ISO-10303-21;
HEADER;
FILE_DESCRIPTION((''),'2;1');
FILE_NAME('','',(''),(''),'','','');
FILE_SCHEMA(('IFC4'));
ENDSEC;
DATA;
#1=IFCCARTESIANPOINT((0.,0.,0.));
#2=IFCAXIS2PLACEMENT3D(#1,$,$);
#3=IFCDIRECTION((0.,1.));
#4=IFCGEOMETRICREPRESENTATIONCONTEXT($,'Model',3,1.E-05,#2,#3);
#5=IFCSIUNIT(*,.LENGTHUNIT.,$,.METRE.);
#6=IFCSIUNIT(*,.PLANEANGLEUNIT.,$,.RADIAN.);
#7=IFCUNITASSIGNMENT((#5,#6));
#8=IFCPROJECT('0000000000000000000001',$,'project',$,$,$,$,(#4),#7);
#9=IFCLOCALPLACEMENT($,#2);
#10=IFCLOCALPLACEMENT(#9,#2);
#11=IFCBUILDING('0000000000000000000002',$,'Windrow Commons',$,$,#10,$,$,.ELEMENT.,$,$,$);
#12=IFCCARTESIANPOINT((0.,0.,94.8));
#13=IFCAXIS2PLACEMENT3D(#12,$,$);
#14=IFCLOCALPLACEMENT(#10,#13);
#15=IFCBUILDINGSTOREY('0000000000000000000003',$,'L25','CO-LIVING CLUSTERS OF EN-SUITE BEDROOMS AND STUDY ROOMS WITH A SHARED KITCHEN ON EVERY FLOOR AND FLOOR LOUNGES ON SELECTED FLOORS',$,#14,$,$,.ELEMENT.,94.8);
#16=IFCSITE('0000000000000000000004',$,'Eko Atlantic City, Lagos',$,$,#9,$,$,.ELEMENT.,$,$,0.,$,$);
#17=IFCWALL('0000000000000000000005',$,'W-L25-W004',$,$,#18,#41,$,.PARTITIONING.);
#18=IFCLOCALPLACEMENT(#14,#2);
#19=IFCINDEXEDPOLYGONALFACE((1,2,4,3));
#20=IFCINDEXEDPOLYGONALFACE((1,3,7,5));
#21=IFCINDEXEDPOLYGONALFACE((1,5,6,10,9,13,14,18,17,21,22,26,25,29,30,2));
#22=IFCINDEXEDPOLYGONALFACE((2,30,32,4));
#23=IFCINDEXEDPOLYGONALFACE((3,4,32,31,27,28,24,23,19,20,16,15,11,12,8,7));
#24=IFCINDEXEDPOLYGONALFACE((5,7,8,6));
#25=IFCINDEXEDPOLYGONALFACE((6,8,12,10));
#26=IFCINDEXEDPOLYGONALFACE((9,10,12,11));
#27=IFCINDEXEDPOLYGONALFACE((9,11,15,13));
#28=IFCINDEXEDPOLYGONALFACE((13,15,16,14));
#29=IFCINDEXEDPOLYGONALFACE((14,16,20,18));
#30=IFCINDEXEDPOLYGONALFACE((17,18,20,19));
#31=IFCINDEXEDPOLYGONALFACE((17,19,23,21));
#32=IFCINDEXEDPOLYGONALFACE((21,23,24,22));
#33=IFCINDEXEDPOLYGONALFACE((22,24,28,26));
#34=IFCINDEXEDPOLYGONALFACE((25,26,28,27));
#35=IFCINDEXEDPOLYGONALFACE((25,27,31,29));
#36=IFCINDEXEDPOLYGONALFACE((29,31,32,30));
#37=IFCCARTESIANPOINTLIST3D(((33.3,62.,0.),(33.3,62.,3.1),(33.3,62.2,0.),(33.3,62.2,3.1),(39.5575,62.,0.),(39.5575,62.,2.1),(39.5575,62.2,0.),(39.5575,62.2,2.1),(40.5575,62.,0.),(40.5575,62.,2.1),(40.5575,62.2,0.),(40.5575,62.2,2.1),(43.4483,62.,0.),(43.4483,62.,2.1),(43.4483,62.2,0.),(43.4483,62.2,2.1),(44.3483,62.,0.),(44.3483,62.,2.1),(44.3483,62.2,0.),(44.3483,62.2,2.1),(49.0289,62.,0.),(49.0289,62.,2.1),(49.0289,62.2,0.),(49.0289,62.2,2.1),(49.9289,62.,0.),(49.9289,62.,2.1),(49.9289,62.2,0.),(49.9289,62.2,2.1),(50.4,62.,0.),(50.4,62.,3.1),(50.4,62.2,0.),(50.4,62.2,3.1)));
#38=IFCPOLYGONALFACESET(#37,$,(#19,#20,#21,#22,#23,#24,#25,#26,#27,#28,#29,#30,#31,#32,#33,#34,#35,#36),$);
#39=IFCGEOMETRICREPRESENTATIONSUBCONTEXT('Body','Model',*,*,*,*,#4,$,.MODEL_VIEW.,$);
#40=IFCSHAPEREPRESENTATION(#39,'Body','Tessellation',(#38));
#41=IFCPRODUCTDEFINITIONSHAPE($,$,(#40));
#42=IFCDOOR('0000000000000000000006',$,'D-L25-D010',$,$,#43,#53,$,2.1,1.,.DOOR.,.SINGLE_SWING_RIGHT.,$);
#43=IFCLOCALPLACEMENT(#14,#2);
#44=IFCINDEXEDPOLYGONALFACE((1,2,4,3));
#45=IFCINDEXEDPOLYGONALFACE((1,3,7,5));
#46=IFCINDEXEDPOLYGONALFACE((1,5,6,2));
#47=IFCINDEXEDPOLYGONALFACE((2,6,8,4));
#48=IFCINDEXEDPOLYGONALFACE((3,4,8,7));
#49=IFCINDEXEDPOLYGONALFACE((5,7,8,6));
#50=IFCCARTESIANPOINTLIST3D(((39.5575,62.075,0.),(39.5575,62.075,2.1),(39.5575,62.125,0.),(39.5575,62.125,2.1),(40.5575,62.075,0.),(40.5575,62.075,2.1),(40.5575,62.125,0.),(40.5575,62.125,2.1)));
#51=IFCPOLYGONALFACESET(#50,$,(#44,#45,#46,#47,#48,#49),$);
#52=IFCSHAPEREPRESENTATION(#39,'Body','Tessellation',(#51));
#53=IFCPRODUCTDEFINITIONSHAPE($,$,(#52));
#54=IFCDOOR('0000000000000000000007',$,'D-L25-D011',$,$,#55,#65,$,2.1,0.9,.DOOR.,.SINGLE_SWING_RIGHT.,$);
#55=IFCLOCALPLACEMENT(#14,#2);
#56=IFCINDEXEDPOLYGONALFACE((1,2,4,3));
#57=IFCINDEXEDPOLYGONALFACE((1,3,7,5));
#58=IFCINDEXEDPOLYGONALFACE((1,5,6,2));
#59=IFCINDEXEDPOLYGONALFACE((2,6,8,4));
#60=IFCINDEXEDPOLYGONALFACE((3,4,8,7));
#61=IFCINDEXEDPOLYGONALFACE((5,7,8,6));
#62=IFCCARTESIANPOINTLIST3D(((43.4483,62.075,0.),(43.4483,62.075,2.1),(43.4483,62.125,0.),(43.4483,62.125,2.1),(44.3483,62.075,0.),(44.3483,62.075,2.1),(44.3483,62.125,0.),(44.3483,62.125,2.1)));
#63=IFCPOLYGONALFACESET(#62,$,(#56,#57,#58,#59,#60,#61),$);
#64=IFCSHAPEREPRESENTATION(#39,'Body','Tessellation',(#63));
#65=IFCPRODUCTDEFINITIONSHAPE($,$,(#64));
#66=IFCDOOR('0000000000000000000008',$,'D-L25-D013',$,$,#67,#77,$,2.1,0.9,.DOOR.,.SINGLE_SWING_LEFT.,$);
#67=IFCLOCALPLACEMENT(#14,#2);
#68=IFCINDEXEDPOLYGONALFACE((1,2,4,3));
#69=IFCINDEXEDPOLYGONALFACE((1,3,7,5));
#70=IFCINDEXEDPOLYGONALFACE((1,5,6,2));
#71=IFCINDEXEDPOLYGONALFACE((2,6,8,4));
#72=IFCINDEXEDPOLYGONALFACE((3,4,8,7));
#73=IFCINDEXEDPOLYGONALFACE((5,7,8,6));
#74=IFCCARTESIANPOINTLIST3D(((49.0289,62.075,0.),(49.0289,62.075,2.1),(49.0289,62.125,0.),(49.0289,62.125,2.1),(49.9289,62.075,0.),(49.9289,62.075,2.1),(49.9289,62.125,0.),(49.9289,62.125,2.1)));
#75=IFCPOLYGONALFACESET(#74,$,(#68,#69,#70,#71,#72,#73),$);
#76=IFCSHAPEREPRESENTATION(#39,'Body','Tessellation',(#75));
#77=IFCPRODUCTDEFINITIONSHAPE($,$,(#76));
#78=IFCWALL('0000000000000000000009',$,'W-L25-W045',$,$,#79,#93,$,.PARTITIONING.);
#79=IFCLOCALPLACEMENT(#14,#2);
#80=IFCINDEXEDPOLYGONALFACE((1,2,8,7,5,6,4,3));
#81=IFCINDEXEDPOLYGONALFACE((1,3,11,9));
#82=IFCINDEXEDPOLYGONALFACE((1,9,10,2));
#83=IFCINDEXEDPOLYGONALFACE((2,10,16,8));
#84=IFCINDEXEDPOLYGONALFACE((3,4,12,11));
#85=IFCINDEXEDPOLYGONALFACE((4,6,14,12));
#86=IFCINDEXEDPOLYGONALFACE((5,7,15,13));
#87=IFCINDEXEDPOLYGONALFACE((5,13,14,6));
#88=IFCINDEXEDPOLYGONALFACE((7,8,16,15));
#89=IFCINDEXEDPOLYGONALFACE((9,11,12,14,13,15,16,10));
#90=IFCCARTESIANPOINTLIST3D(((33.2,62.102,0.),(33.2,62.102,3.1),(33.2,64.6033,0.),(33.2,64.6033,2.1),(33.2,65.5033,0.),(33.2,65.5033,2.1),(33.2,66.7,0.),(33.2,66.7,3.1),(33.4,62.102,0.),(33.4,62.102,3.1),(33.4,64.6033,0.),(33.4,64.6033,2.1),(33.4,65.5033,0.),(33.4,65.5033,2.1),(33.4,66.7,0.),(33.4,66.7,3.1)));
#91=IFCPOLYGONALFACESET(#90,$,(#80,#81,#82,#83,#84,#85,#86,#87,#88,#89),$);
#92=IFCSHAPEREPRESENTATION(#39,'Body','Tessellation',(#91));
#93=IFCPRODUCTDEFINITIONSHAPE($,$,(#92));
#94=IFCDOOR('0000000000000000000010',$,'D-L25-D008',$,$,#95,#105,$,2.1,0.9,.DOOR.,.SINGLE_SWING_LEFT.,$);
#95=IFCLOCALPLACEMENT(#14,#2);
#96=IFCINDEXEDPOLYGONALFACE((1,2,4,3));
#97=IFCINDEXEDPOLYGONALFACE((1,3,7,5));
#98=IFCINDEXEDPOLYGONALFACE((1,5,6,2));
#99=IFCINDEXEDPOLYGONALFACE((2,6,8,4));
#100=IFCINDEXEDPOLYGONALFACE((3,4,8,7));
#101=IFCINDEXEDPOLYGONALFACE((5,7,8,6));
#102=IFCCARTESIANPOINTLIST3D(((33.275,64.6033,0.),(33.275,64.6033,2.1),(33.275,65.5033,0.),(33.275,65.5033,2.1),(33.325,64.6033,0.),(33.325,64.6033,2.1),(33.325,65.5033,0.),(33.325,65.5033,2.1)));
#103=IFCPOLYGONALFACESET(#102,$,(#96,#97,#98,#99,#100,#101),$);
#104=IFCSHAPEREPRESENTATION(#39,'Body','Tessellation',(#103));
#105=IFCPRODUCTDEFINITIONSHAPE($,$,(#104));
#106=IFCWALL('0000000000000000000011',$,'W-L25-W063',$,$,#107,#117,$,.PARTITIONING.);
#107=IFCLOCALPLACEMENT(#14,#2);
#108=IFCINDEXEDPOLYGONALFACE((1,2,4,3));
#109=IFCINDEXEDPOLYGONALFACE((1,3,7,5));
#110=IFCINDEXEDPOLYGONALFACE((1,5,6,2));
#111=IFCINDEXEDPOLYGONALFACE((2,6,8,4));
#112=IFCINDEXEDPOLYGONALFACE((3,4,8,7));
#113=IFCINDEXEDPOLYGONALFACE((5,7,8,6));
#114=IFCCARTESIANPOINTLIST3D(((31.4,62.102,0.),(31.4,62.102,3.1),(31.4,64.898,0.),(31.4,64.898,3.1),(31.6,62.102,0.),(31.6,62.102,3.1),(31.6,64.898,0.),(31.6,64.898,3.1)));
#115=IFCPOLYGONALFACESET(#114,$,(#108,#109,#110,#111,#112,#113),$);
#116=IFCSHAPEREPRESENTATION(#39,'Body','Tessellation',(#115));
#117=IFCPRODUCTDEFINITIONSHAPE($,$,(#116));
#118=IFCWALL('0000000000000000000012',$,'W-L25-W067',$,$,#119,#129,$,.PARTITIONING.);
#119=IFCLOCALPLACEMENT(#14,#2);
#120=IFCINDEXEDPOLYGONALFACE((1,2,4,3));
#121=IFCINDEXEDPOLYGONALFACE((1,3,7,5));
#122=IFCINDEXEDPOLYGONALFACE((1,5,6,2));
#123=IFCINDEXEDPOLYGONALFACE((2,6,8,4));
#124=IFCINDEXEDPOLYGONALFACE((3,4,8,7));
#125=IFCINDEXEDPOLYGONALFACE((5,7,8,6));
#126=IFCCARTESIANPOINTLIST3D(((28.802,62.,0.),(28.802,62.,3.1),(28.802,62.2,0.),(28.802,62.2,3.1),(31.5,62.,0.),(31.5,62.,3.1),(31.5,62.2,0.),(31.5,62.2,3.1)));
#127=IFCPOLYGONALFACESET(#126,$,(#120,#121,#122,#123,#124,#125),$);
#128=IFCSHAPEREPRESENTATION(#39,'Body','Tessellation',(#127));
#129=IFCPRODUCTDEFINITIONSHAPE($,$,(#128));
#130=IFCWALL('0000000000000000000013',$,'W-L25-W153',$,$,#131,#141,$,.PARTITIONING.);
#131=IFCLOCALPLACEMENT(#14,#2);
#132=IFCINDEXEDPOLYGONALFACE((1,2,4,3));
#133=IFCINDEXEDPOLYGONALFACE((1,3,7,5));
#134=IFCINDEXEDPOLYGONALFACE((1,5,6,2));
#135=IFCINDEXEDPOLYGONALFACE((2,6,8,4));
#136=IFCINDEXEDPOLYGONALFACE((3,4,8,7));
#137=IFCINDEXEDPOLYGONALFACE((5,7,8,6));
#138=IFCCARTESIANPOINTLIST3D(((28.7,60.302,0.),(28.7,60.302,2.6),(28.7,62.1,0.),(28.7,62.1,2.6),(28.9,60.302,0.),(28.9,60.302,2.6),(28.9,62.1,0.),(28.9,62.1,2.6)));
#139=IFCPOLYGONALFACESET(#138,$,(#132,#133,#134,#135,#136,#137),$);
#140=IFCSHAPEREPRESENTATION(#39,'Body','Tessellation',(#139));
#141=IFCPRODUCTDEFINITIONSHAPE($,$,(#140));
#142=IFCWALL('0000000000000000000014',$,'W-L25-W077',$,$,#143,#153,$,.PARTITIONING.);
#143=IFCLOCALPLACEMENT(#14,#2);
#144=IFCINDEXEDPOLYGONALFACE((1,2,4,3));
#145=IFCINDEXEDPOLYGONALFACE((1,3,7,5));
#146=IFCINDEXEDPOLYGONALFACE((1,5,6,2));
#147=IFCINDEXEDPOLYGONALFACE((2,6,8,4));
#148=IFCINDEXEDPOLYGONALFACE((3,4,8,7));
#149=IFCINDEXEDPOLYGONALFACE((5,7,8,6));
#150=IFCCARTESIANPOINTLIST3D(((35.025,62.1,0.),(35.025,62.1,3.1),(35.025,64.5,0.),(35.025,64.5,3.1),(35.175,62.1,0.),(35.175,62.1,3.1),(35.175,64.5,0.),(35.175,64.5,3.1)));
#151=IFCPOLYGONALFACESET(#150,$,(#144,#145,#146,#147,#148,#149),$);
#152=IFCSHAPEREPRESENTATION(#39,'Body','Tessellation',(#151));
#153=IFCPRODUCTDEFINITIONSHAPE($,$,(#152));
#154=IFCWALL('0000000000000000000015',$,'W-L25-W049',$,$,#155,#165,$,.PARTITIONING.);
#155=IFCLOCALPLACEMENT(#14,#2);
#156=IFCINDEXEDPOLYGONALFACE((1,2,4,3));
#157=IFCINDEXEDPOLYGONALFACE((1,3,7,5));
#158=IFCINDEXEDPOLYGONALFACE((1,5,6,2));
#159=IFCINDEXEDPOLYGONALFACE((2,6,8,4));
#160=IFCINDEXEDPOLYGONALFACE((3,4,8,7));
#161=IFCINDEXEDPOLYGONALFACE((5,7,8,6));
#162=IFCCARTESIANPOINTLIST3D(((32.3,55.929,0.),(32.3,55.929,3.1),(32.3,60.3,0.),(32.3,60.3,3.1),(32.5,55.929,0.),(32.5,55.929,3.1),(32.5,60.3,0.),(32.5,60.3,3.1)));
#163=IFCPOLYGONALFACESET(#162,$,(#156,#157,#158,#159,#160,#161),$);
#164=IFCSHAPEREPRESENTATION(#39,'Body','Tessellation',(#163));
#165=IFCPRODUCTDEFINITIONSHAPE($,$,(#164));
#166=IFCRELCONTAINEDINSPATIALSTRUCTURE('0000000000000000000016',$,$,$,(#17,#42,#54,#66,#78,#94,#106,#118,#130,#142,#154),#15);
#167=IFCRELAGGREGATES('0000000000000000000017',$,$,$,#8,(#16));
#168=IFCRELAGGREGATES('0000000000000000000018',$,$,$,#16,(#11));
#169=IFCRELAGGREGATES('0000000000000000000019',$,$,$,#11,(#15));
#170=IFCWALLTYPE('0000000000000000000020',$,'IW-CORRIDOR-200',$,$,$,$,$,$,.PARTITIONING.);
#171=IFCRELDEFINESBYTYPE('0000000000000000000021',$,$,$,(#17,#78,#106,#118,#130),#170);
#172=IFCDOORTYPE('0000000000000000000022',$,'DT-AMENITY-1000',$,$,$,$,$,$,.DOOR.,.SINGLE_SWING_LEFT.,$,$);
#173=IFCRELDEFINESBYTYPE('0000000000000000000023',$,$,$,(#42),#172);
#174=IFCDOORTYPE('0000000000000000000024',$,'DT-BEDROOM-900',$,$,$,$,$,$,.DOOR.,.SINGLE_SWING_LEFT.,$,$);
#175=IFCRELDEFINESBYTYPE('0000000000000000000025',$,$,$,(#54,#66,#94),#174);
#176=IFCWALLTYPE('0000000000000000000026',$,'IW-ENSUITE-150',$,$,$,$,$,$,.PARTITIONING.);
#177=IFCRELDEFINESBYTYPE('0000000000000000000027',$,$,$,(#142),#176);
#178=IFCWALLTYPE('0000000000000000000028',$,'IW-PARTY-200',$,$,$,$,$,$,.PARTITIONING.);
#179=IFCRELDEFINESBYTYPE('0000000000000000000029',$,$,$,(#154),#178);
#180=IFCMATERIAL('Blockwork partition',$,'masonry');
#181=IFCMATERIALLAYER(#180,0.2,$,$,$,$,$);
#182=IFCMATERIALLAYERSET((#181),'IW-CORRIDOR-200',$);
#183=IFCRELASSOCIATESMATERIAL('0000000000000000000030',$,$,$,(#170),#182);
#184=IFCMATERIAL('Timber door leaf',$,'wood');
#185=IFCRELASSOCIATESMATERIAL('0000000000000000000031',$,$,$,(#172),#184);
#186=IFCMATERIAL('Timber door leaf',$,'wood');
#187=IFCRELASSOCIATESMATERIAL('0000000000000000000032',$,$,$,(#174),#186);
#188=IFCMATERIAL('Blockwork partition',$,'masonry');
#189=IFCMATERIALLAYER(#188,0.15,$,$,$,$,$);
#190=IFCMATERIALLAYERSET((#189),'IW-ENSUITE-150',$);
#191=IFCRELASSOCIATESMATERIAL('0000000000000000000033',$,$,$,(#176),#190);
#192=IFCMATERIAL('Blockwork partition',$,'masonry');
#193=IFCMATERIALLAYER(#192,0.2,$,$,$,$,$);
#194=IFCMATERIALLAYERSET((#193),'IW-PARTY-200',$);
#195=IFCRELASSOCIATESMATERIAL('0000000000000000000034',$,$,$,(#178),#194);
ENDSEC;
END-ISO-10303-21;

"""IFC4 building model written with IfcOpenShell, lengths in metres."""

from ifc_helpers import new_model, si_unit, direction, frame, frame_2d, origin, place, context, subcontext, project, spatial, rectangle, extrude, material, layer, layer_set, type_object, element, fill, save


model = new_model("IFC4")

# Units and contexts
model_context = context("Model", 3, precision=1e-05, world=origin(), true_north=direction((0.0, 1.0)))
body_context = subcontext(model_context, "Body", "Model", "MODEL_VIEW")
ifc_project = project(units=[si_unit("LENGTHUNIT", "METRE"), si_unit("PLANEANGLEUNIT", "RADIAN")], contexts=[model_context])

# Site, building, storey
site_placement = place(None, origin())
site = spatial("IfcSite", under=ifc_project, at=site_placement, Name="Eko Atlantic City, Lagos", CompositionType="ELEMENT", RefElevation=0.0)
building_placement = place(site_placement, origin())
building = spatial("IfcBuilding", under=site, at=building_placement, Name="Windrow Commons", CompositionType="ELEMENT")
storey_placement = place(building_placement, frame((0.0, 0.0, 94.8)))
storey = spatial("IfcBuildingStorey", under=building, at=storey_placement, Name="L25", Description="CO-LIVING CLUSTERS OF EN-SUITE BEDROOMS AND STUDY ROOMS WITH A SHARED KITCHEN ON EVERY FLOOR AND FLOOR LOUNGES ON SELECTED FLOORS", CompositionType="ELEMENT", Elevation=94.8)

# Wall, openings, doors
ifc_material_1 = material(Name="Blockwork partition", Category="masonry")
ifc_layer_1 = layer(ifc_material_1, 0.2)
ifc_layer_set_1 = layer_set([ifc_layer_1], Name="IW-CORRIDOR-200")
wall_type_1 = type_object("IfcWallType", Name="IW-CORRIDOR-200", PredefinedType="PARTITIONING", material=ifc_layer_set_1)
ifc_material_2 = material(Name="Timber door leaf", Category="wood")
door_type_1 = type_object("IfcDoorType", Name="DT-AMENITY-1000", OperationType="SINGLE_SWING_LEFT", PredefinedType="DOOR", material=ifc_material_2)
ifc_material_3 = material(Name="Timber door leaf", Category="wood")
door_type_2 = type_object("IfcDoorType", Name="DT-BEDROOM-900", OperationType="SINGLE_SWING_LEFT", PredefinedType="DOOR", material=ifc_material_3)
wall_1_placement = place(storey_placement, frame((33.3, 62.1, 0.0), z_axis=(0.0, 0.0, 1.0), x_axis=(1.0, 0.0, 0.0)))
wall_1 = element("IfcWall", 1, at=wall_1_placement, inside=storey, type_object=wall_type_1, Name="W-L25-W004", PredefinedType="PARTITIONING", context=body_context, shape_type="SweptSolid", body=[
    extrude(rectangle(XDim=17.1, YDim=0.2, at=frame_2d((8.55, 0.0))), origin(), (0.0, 0.0, 1.0), 3.1),
])
opening_1_placement = place(wall_1_placement, frame((6.2575, 0.0, 0.0)))
opening_1 = element("IfcOpeningElement", 2, at=opening_1_placement, cuts=wall_1, PredefinedType="OPENING", context=body_context, shape_type="SweptSolid", body=[
    extrude(rectangle(XDim=1.0, YDim=2.1, at=frame_2d((0.5, 1.05))), frame((0.0, 0.11, 0.0), z_axis=(0.0, -1.0, 0.0), x_axis=(1.0, 0.0, 0.0)), (0.0, 0.0, 1.0), 0.22),
])
opening_2_placement = place(wall_1_placement, frame((10.1483, 0.0, 0.0)))
opening_2 = element("IfcOpeningElement", 3, at=opening_2_placement, cuts=wall_1, PredefinedType="OPENING", context=body_context, shape_type="SweptSolid", body=[
    extrude(rectangle(XDim=0.9, YDim=2.1, at=frame_2d((0.45, 1.05))), frame((0.0, 0.11, 0.0), z_axis=(0.0, -1.0, 0.0), x_axis=(1.0, 0.0, 0.0)), (0.0, 0.0, 1.0), 0.22),
])
opening_3_placement = place(wall_1_placement, frame((15.7289, 0.0, 0.0)))
opening_3 = element("IfcOpeningElement", 4, at=opening_3_placement, cuts=wall_1, PredefinedType="OPENING", context=body_context, shape_type="SweptSolid", body=[
    extrude(rectangle(XDim=0.9, YDim=2.1, at=frame_2d((0.45, 1.05))), frame((0.0, 0.11, 0.0), z_axis=(0.0, -1.0, 0.0), x_axis=(1.0, 0.0, 0.0)), (0.0, 0.0, 1.0), 0.22),
])
door_1_placement = place(opening_1_placement, origin())
door_1 = element("IfcDoor", 5, at=door_1_placement, inside=storey, type_object=door_type_1, Name="D-L25-D010", OperationType="SINGLE_SWING_RIGHT", OverallHeight=2.1, OverallWidth=1.0, PredefinedType="DOOR", context=body_context, shape_type="SweptSolid", body=[
    extrude(rectangle(XDim=1.0, YDim=2.1, at=frame_2d((0.5, 1.05))), frame((0.0, 0.025, 0.0), z_axis=(0.0, -1.0, 0.0), x_axis=(1.0, 0.0, 0.0)), (0.0, 0.0, 1.0), 0.05),
])
fill(opening_1, door_1)
door_2_placement = place(opening_2_placement, origin())
door_2 = element("IfcDoor", 6, at=door_2_placement, inside=storey, type_object=door_type_2, Name="D-L25-D011", OperationType="SINGLE_SWING_RIGHT", OverallHeight=2.1, OverallWidth=0.9, PredefinedType="DOOR", context=body_context, shape_type="SweptSolid", body=[
    extrude(rectangle(XDim=0.9, YDim=2.1, at=frame_2d((0.45, 1.05))), frame((0.0, 0.025, 0.0), z_axis=(0.0, -1.0, 0.0), x_axis=(1.0, 0.0, 0.0)), (0.0, 0.0, 1.0), 0.05),
])
fill(opening_2, door_2)
door_3_placement = place(opening_3_placement, origin())
door_3 = element("IfcDoor", 7, at=door_3_placement, inside=storey, type_object=door_type_2, Name="D-L25-D013", OperationType="SINGLE_SWING_LEFT", OverallHeight=2.1, OverallWidth=0.9, PredefinedType="DOOR", context=body_context, shape_type="SweptSolid", body=[
    extrude(rectangle(XDim=0.9, YDim=2.1, at=frame_2d((0.45, 1.05))), frame((0.0, 0.025, 0.0), z_axis=(0.0, -1.0, 0.0), x_axis=(1.0, 0.0, 0.0)), (0.0, 0.0, 1.0), 0.05),
])
fill(opening_3, door_3)

# Wall, opening, door
wall_2_placement = place(storey_placement, frame((33.3, 62.102, 0.0), z_axis=(0.0, 0.0, 1.0), x_axis=(0.0, 1.0, 0.0)))
wall_2 = element("IfcWall", 8, at=wall_2_placement, inside=storey, type_object=wall_type_1, Name="W-L25-W045", PredefinedType="PARTITIONING", context=body_context, shape_type="SweptSolid", body=[
    extrude(rectangle(XDim=4.598, YDim=0.2, at=frame_2d((2.299, 0.0))), origin(), (0.0, 0.0, 1.0), 3.1),
])
opening_4_placement = place(wall_2_placement, frame((2.5013, 0.0, 0.0)))
opening_4 = element("IfcOpeningElement", 9, at=opening_4_placement, cuts=wall_2, PredefinedType="OPENING", context=body_context, shape_type="SweptSolid", body=[
    extrude(rectangle(XDim=0.9, YDim=2.1, at=frame_2d((0.45, 1.05))), frame((0.0, 0.11, 0.0), z_axis=(0.0, -1.0, 0.0), x_axis=(1.0, 0.0, 0.0)), (0.0, 0.0, 1.0), 0.22),
])
door_4_placement = place(opening_4_placement, origin())
door_4 = element("IfcDoor", 10, at=door_4_placement, inside=storey, type_object=door_type_2, Name="D-L25-D008", OperationType="SINGLE_SWING_LEFT", OverallHeight=2.1, OverallWidth=0.9, PredefinedType="DOOR", context=body_context, shape_type="SweptSolid", body=[
    extrude(rectangle(XDim=0.9, YDim=2.1, at=frame_2d((0.45, 1.05))), frame((0.0, 0.025, 0.0), z_axis=(0.0, -1.0, 0.0), x_axis=(1.0, 0.0, 0.0)), (0.0, 0.0, 1.0), 0.05),
])
fill(opening_4, door_4)

# Walls
wall_3_placement = place(storey_placement, frame((31.5, 62.102, 0.0), z_axis=(0.0, 0.0, 1.0), x_axis=(0.0, 1.0, 0.0)))
element("IfcWall", 11, at=wall_3_placement, inside=storey, type_object=wall_type_1, Name="W-L25-W063", PredefinedType="PARTITIONING", context=body_context, shape_type="SweptSolid", body=[
    extrude(rectangle(XDim=2.796, YDim=0.2, at=frame_2d((1.398, 0.0))), origin(), (0.0, 0.0, 1.0), 3.1),
])
wall_4_placement = place(storey_placement, frame((28.802, 62.1, 0.0), z_axis=(0.0, 0.0, 1.0), x_axis=(1.0, 0.0, 0.0)))
element("IfcWall", 12, at=wall_4_placement, inside=storey, type_object=wall_type_1, Name="W-L25-W067", PredefinedType="PARTITIONING", context=body_context, shape_type="SweptSolid", body=[
    extrude(rectangle(XDim=2.698, YDim=0.2, at=frame_2d((1.349, 0.0))), origin(), (0.0, 0.0, 1.0), 3.1),
])
wall_5_placement = place(storey_placement, frame((28.8, 60.302, 0.0), z_axis=(0.0, 0.0, 1.0), x_axis=(0.0, 1.0, 0.0)))
element("IfcWall", 13, at=wall_5_placement, inside=storey, type_object=wall_type_1, Name="W-L25-W153", PredefinedType="PARTITIONING", context=body_context, shape_type="SweptSolid", body=[
    extrude(rectangle(XDim=1.798, YDim=0.2, at=frame_2d((0.899, 0.0))), origin(), (0.0, 0.0, 1.0), 2.6),
])
ifc_material_4 = material(Name="Blockwork partition", Category="masonry")
ifc_layer_2 = layer(ifc_material_4, 0.15)
ifc_layer_set_2 = layer_set([ifc_layer_2], Name="IW-ENSUITE-150")
wall_type_2 = type_object("IfcWallType", Name="IW-ENSUITE-150", PredefinedType="PARTITIONING", material=ifc_layer_set_2)
wall_6_placement = place(storey_placement, frame((35.1, 62.1, 0.0), z_axis=(0.0, 0.0, 1.0), x_axis=(0.0, 1.0, 0.0)))
element("IfcWall", 14, at=wall_6_placement, inside=storey, type_object=wall_type_2, Name="W-L25-W077", PredefinedType="PARTITIONING", context=body_context, shape_type="SweptSolid", body=[
    extrude(rectangle(XDim=2.4, YDim=0.15, at=frame_2d((1.2, 0.0))), origin(), (0.0, 0.0, 1.0), 3.1),
])
ifc_material_5 = material(Name="Blockwork partition", Category="masonry")
ifc_layer_3 = layer(ifc_material_5, 0.2)
ifc_layer_set_3 = layer_set([ifc_layer_3], Name="IW-PARTY-200")
wall_type_3 = type_object("IfcWallType", Name="IW-PARTY-200", PredefinedType="PARTITIONING", material=ifc_layer_set_3)
wall_7_placement = place(storey_placement, frame((32.4, 55.929, 0.0), z_axis=(0.0, 0.0, 1.0), x_axis=(0.0, 1.0, 0.0)))
element("IfcWall", 15, at=wall_7_placement, inside=storey, type_object=wall_type_3, Name="W-L25-W049", PredefinedType="PARTITIONING", context=body_context, shape_type="SweptSolid", body=[
    extrude(rectangle(XDim=4.371, YDim=0.2, at=frame_2d((2.1855, 0.0))), origin(), (0.0, 0.0, 1.0), 3.1),
])

save(model, "model.ifc")
